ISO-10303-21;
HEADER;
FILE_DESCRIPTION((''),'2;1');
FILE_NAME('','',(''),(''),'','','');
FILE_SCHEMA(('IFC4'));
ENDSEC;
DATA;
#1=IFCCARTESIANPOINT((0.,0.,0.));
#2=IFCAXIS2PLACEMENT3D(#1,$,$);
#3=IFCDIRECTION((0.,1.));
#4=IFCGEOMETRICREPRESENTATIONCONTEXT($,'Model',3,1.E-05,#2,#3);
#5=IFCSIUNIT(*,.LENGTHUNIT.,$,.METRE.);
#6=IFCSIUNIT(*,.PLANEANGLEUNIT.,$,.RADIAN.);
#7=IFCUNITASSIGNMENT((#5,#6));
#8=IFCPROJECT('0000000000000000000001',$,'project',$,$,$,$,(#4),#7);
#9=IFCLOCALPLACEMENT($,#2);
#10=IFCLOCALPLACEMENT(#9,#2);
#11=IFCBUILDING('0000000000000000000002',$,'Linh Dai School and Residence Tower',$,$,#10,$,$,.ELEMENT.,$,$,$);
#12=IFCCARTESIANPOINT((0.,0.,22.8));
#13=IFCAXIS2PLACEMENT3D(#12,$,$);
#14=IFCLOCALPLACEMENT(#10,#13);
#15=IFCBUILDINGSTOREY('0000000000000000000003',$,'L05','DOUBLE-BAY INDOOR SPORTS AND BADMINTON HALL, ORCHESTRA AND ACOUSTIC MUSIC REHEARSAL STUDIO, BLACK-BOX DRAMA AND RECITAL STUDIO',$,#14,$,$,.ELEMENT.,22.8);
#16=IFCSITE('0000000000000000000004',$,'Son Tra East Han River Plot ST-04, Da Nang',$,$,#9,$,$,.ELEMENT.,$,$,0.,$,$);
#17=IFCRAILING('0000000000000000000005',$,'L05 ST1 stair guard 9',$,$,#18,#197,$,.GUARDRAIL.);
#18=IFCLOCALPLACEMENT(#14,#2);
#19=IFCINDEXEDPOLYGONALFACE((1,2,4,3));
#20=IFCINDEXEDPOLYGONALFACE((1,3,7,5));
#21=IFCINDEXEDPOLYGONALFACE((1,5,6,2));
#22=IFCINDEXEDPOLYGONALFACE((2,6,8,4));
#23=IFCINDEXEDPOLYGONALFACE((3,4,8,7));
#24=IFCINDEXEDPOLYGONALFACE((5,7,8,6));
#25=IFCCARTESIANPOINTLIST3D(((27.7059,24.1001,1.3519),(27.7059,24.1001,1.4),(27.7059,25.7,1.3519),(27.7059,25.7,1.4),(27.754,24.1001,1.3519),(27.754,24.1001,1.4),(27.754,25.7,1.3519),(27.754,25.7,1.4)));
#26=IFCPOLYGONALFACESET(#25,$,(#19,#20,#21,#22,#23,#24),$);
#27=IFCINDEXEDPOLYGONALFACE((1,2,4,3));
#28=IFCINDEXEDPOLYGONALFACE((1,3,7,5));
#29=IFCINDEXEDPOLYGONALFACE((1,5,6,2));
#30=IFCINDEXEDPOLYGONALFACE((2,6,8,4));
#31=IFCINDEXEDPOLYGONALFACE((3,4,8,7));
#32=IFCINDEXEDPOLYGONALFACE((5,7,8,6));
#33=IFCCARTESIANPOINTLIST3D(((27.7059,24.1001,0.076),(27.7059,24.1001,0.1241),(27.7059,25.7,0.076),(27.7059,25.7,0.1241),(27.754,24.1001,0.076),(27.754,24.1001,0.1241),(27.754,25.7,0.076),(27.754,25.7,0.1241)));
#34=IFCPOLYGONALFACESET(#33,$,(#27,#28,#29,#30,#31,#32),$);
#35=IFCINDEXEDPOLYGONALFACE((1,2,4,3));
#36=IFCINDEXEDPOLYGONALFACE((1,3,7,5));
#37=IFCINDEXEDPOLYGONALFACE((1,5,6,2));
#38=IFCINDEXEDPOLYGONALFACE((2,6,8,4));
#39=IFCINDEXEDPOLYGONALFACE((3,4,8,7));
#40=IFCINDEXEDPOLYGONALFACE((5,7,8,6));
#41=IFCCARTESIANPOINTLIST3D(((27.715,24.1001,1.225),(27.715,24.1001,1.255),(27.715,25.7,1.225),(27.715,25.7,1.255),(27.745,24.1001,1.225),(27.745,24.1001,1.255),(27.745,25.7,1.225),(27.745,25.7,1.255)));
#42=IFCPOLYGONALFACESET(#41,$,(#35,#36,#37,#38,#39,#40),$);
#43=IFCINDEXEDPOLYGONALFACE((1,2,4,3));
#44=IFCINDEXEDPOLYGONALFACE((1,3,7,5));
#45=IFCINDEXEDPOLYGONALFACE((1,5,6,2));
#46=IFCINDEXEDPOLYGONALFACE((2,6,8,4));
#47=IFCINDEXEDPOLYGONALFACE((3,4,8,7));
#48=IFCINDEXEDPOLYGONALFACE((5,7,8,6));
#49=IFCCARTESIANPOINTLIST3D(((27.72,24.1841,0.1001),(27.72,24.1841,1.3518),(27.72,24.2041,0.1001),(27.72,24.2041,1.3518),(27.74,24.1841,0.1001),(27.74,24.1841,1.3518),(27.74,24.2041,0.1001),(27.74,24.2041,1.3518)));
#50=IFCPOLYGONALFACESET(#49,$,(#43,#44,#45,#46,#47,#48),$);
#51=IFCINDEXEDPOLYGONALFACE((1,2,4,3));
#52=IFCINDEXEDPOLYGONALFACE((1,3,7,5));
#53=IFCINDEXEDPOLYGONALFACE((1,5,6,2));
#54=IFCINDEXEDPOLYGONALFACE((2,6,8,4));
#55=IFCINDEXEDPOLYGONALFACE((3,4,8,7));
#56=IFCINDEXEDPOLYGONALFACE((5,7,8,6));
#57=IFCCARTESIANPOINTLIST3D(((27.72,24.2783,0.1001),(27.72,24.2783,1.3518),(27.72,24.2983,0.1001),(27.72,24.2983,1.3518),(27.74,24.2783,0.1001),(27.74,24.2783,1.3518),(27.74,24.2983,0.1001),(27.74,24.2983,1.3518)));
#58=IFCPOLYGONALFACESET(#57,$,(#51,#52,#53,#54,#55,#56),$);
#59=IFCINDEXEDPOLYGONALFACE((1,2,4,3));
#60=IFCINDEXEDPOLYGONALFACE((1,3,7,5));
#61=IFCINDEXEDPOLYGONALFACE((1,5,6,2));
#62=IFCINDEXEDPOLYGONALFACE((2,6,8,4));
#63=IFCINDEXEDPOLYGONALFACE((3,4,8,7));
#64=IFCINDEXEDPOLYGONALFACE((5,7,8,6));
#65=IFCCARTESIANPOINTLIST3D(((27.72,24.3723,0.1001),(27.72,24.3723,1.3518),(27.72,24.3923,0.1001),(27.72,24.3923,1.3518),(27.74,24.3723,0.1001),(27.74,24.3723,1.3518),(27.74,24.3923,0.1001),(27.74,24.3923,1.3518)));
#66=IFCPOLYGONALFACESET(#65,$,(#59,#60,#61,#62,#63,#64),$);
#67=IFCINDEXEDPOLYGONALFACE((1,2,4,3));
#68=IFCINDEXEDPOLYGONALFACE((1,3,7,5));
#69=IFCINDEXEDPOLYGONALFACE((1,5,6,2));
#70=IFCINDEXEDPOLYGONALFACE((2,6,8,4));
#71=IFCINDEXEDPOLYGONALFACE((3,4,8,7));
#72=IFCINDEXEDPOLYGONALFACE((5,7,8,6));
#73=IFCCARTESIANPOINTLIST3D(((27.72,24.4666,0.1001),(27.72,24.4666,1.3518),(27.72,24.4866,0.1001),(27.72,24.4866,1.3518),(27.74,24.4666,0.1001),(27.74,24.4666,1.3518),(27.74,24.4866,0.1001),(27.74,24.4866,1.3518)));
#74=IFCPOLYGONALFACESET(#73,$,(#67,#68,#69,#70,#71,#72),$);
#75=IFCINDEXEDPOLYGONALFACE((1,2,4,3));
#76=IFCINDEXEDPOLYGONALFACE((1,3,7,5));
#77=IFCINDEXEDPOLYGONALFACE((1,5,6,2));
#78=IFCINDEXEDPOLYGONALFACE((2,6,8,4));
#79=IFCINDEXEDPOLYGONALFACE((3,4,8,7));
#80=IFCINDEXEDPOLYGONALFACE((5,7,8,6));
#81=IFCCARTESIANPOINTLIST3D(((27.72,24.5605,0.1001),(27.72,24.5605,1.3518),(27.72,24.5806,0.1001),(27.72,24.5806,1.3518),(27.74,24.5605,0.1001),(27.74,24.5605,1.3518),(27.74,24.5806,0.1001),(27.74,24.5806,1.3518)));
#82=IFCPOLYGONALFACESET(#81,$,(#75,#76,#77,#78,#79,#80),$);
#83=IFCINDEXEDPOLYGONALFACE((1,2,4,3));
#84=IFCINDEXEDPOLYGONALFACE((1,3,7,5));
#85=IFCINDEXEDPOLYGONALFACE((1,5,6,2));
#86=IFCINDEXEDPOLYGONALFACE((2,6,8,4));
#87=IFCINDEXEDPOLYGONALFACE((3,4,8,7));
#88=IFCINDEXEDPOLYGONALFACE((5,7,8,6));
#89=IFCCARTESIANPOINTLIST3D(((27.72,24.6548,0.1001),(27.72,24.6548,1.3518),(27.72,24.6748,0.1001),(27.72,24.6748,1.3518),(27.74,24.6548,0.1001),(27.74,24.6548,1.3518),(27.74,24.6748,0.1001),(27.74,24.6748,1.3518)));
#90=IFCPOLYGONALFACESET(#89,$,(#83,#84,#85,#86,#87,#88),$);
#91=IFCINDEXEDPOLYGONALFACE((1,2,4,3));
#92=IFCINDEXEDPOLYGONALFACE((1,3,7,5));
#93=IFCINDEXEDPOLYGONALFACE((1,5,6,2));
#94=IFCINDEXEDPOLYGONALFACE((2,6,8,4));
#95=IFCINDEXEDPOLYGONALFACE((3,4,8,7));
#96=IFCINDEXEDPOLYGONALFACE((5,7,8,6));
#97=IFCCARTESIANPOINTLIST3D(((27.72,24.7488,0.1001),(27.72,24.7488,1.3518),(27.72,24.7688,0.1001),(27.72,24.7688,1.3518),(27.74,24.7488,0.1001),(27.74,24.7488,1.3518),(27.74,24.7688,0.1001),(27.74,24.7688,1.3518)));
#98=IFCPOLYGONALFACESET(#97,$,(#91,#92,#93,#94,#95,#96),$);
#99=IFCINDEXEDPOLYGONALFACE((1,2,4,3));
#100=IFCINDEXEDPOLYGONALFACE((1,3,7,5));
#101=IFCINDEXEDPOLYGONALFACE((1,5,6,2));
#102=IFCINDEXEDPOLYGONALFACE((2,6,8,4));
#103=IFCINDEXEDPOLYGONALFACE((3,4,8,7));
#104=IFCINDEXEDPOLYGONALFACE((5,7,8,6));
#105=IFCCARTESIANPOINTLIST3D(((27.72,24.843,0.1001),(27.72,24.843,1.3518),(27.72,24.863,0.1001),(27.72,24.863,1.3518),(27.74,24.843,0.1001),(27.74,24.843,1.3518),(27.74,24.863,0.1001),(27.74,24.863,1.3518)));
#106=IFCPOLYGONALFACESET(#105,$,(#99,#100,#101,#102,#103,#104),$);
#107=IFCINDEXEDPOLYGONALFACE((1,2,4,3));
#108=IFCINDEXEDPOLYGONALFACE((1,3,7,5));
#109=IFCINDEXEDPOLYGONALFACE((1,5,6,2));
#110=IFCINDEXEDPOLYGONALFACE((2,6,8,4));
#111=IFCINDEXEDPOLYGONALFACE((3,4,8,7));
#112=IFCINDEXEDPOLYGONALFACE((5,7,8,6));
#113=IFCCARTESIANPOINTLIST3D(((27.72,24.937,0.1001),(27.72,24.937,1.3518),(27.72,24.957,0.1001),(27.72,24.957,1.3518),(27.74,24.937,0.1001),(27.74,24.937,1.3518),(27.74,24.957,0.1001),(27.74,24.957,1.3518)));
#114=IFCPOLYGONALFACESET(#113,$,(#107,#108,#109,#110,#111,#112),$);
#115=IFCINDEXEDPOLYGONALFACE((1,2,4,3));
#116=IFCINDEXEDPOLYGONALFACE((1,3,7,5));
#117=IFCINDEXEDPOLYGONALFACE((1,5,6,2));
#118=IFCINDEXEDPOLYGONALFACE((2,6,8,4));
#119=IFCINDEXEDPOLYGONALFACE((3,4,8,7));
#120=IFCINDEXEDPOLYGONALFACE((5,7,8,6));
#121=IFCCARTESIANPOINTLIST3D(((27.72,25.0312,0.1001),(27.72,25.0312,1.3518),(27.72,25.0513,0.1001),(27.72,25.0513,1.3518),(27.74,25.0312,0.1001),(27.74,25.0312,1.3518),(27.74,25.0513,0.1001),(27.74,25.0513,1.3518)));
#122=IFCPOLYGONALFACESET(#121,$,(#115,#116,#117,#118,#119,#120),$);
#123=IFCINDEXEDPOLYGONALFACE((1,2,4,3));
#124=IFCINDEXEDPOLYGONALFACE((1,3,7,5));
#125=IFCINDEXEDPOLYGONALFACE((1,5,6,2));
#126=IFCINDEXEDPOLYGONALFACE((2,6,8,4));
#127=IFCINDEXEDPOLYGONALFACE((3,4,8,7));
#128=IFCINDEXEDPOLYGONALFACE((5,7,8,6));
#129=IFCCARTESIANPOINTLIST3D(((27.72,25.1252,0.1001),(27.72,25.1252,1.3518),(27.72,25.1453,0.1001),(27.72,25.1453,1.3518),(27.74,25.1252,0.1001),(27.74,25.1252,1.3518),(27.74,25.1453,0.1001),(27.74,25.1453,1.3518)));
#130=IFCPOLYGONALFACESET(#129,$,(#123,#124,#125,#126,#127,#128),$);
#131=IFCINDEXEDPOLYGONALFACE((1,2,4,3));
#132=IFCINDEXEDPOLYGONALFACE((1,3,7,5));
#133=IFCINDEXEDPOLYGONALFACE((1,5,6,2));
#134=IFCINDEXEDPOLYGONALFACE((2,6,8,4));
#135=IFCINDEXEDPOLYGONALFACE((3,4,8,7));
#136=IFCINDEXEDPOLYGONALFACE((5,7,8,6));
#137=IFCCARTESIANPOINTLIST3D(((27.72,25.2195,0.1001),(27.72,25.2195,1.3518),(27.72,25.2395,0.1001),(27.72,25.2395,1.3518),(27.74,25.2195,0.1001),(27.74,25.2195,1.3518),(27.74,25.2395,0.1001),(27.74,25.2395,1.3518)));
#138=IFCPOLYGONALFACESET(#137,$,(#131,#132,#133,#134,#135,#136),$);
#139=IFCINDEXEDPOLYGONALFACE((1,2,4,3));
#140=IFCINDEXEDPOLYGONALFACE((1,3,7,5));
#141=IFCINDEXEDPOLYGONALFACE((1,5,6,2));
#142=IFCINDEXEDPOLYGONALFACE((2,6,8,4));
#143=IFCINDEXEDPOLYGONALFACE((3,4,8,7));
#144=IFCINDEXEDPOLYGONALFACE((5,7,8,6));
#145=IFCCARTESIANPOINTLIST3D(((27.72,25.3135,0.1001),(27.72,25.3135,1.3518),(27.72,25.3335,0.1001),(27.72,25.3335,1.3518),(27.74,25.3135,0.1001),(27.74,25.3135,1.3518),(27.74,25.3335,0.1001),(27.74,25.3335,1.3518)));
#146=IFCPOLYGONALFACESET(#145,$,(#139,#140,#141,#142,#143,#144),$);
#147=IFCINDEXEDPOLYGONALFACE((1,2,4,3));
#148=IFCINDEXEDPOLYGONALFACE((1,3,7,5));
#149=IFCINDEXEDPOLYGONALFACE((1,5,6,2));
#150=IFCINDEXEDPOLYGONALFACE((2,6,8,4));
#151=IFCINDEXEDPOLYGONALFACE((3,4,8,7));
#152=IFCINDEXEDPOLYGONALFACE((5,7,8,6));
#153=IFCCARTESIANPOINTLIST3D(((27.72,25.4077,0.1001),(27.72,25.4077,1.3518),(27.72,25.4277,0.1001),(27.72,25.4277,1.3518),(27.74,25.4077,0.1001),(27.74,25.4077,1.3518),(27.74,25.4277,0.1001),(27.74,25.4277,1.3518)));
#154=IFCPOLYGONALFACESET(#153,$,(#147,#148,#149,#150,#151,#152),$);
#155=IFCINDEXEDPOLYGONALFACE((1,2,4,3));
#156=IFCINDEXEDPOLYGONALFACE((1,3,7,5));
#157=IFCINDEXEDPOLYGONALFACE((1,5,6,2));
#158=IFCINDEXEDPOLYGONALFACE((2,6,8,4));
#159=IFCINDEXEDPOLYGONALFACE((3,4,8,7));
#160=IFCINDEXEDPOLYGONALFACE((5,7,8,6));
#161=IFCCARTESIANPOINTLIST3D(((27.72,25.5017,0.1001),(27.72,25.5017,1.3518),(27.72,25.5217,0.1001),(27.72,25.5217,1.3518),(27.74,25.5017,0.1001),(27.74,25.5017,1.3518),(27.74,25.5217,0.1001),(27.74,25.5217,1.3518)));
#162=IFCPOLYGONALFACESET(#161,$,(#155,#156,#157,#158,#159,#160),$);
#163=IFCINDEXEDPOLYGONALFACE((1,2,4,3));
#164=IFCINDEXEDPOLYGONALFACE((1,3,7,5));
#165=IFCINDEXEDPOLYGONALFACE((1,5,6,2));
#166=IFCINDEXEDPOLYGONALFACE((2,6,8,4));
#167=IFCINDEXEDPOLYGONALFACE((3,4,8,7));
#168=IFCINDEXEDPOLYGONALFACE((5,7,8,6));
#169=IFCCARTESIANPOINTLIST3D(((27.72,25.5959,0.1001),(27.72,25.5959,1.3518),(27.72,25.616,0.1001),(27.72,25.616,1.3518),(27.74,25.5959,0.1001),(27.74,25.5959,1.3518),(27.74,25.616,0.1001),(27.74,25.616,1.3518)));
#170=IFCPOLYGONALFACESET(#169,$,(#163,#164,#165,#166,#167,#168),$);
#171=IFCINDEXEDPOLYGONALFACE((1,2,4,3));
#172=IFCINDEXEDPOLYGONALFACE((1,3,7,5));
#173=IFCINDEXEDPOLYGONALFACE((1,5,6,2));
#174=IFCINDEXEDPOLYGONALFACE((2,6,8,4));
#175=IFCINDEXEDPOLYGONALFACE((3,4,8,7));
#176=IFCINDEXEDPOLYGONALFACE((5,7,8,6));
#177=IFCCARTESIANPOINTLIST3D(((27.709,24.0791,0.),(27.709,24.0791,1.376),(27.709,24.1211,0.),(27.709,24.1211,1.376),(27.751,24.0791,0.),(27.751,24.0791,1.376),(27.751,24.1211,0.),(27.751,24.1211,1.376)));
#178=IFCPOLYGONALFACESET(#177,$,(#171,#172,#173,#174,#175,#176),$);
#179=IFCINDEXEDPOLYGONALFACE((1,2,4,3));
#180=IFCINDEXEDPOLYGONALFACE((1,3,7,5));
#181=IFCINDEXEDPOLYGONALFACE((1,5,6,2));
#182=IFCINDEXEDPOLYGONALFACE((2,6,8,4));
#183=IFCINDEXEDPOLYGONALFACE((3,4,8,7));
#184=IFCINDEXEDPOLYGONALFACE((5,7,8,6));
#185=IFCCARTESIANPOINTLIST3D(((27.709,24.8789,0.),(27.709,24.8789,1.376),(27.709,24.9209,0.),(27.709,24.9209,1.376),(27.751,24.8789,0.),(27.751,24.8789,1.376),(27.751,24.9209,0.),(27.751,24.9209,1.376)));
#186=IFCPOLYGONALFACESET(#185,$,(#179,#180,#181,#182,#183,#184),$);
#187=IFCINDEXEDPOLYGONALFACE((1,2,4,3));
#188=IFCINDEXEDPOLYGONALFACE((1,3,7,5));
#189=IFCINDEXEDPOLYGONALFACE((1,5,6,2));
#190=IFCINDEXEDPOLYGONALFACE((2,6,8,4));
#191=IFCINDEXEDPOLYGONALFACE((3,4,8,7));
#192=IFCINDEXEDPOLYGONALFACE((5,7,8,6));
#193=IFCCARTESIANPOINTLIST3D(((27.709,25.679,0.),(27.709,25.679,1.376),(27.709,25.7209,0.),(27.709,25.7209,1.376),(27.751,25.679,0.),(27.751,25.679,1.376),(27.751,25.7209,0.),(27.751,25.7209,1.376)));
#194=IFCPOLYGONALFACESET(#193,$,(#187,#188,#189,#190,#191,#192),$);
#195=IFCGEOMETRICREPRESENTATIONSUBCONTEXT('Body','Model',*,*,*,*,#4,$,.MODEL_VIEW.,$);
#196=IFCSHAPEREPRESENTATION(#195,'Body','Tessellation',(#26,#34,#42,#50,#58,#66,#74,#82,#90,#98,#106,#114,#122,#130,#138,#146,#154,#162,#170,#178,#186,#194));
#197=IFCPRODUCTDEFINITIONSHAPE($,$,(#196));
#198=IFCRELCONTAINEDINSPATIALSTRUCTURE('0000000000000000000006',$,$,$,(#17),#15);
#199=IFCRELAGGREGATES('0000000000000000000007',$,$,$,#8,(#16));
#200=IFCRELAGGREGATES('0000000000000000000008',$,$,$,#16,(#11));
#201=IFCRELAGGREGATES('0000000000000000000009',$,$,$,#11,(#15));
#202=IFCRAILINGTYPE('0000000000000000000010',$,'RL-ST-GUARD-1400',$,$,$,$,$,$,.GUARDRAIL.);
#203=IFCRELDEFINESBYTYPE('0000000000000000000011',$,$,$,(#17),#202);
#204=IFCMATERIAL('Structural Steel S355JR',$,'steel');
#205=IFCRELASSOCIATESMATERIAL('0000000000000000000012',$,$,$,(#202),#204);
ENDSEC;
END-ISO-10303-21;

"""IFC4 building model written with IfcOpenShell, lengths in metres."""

from ifc_helpers import new_model, si_unit, direction, frame, origin, origin_2d, place, context, subcontext, project, spatial, rectangle, extrude, source, transform, mapped, material, type_object, element, save


model = new_model("IFC4")

# Units and contexts
model_context = context("Model", 3, precision=1e-05, world=origin(), true_north=direction((0.0, 1.0)))
body_context = subcontext(model_context, "Body", "Model", "MODEL_VIEW")
ifc_project = project(units=[si_unit("LENGTHUNIT", "METRE"), si_unit("PLANEANGLEUNIT", "RADIAN")], contexts=[model_context])

# Site, building, storey
site_placement = place(None, origin())
site = spatial("IfcSite", under=ifc_project, at=site_placement, Name="Son Tra East Han River Plot ST-04, Da Nang", CompositionType="ELEMENT", RefElevation=0.0)
building_placement = place(site_placement, origin())
building = spatial("IfcBuilding", under=site, at=building_placement, Name="Linh Dai School and Residence Tower", CompositionType="ELEMENT")
storey_placement = place(building_placement, frame((0.0, 0.0, 22.8)))
storey = spatial("IfcBuildingStorey", under=building, at=storey_placement, Name="L05", Description="DOUBLE-BAY INDOOR SPORTS AND BADMINTON HALL, ORCHESTRA AND ACOUSTIC MUSIC REHEARSAL STUDIO, BLACK-BOX DRAMA AND RECITAL STUDIO", CompositionType="ELEMENT", Elevation=22.8)

# Shared definitions
ifc_material_1 = material(Name="Structural Steel S355JR", Category="steel")

# Railing
railing_type = type_object("IfcRailingType", Name="RL-ST-GUARD-1400", PredefinedType="GUARDRAIL", material=ifc_material_1)
shared_shape_1 = source(origin(), body_context, "Body", "SweptSolid", [
    extrude(rectangle(XDim=0.0481, YDim=0.0481, at=origin_2d()), frame((0.0, 0.0, 1.376), z_axis=(0.0, 1.0, 0.0), x_axis=(-1.0, 0.0, 0.0)), (0.0, 0.0, 1.0), 1.5999),
    extrude(rectangle(XDim=0.0481, YDim=0.0481, at=origin_2d()), frame((0.0, 0.0, 0.1001), z_axis=(0.0, 1.0, 0.0), x_axis=(-1.0, 0.0, 0.0)), (0.0, 0.0, 1.0), 1.5999),
    extrude(rectangle(XDim=0.03, YDim=0.03, at=origin_2d()), frame((0.0, 0.0, 1.24), z_axis=(0.0, 1.0, 0.0), x_axis=(-1.0, 0.0, 0.0)), (0.0, 0.0, 1.0), 1.5999),
    extrude(rectangle(XDim=0.02, YDim=0.02, at=origin_2d()), frame((0.0, 0.094, 0.1001)), (0.0, 0.0, 1.0), 1.2517),
    extrude(rectangle(XDim=0.02, YDim=0.02, at=origin_2d()), frame((0.0, 0.1882, 0.1001)), (0.0, 0.0, 1.0), 1.2517),
    extrude(rectangle(XDim=0.02, YDim=0.02, at=origin_2d()), frame((0.0, 0.2822, 0.1001)), (0.0, 0.0, 1.0), 1.2517),
    extrude(rectangle(XDim=0.02, YDim=0.02, at=origin_2d()), frame((0.0, 0.3765, 0.1001)), (0.0, 0.0, 1.0), 1.2517),
    extrude(rectangle(XDim=0.02, YDim=0.02, at=origin_2d()), frame((0.0, 0.4705, 0.1001)), (0.0, 0.0, 1.0), 1.2517),
    extrude(rectangle(XDim=0.02, YDim=0.02, at=origin_2d()), frame((0.0, 0.5647, 0.1001)), (0.0, 0.0, 1.0), 1.2517),
    extrude(rectangle(XDim=0.02, YDim=0.02, at=origin_2d()), frame((0.0, 0.6587, 0.1001)), (0.0, 0.0, 1.0), 1.2517),
    extrude(rectangle(XDim=0.02, YDim=0.02, at=origin_2d()), frame((0.0, 0.7529, 0.1001)), (0.0, 0.0, 1.0), 1.2517),
    extrude(rectangle(XDim=0.02, YDim=0.02, at=origin_2d()), frame((0.0, 0.8469, 0.1001)), (0.0, 0.0, 1.0), 1.2517),
    extrude(rectangle(XDim=0.02, YDim=0.02, at=origin_2d()), frame((0.0, 0.9412, 0.1001)), (0.0, 0.0, 1.0), 1.2517),
    extrude(rectangle(XDim=0.02, YDim=0.02, at=origin_2d()), frame((0.0, 1.0352, 0.1001)), (0.0, 0.0, 1.0), 1.2517),
    extrude(rectangle(XDim=0.02, YDim=0.02, at=origin_2d()), frame((0.0, 1.1294, 0.1001)), (0.0, 0.0, 1.0), 1.2517),
    extrude(rectangle(XDim=0.02, YDim=0.02, at=origin_2d()), frame((0.0, 1.2234, 0.1001)), (0.0, 0.0, 1.0), 1.2517),
    extrude(rectangle(XDim=0.02, YDim=0.02, at=origin_2d()), frame((0.0, 1.3176, 0.1001)), (0.0, 0.0, 1.0), 1.2517),
    extrude(rectangle(XDim=0.02, YDim=0.02, at=origin_2d()), frame((0.0, 1.4116, 0.1001)), (0.0, 0.0, 1.0), 1.2517),
    extrude(rectangle(XDim=0.02, YDim=0.02, at=origin_2d()), frame((0.0, 1.5059, 0.1001)), (0.0, 0.0, 1.0), 1.2517),
    extrude(rectangle(XDim=0.042, YDim=0.042, at=origin_2d()), origin(), (0.0, 0.0, 1.0), 1.376),
    extrude(rectangle(XDim=0.042, YDim=0.042, at=origin_2d()), frame((0.0, 0.7998, 0.0)), (0.0, 0.0, 1.0), 1.376),
    extrude(rectangle(XDim=0.042, YDim=0.042, at=origin_2d()), frame((0.0, 1.5999, 0.0)), (0.0, 0.0, 1.0), 1.376),
])
railing_placement = place(storey_placement, frame((27.73, 24.1001, 0.0)))
element("IfcRailing", 1, at=railing_placement, inside=storey, type_object=railing_type, Name="L05 ST1 stair guard 9", PredefinedType="GUARDRAIL", context=body_context, shape_type="MappedRepresentation", body=[
    mapped(shared_shape_1, transform((0.0, 0.0, 0.0), x_axis=(1.0, 0.0, 0.0), y_axis=(0.0, 1.0, 0.0), z_axis=(0.0, 0.0, 1.0), scale=1.0)),
])

save(model, "model.ifc")
